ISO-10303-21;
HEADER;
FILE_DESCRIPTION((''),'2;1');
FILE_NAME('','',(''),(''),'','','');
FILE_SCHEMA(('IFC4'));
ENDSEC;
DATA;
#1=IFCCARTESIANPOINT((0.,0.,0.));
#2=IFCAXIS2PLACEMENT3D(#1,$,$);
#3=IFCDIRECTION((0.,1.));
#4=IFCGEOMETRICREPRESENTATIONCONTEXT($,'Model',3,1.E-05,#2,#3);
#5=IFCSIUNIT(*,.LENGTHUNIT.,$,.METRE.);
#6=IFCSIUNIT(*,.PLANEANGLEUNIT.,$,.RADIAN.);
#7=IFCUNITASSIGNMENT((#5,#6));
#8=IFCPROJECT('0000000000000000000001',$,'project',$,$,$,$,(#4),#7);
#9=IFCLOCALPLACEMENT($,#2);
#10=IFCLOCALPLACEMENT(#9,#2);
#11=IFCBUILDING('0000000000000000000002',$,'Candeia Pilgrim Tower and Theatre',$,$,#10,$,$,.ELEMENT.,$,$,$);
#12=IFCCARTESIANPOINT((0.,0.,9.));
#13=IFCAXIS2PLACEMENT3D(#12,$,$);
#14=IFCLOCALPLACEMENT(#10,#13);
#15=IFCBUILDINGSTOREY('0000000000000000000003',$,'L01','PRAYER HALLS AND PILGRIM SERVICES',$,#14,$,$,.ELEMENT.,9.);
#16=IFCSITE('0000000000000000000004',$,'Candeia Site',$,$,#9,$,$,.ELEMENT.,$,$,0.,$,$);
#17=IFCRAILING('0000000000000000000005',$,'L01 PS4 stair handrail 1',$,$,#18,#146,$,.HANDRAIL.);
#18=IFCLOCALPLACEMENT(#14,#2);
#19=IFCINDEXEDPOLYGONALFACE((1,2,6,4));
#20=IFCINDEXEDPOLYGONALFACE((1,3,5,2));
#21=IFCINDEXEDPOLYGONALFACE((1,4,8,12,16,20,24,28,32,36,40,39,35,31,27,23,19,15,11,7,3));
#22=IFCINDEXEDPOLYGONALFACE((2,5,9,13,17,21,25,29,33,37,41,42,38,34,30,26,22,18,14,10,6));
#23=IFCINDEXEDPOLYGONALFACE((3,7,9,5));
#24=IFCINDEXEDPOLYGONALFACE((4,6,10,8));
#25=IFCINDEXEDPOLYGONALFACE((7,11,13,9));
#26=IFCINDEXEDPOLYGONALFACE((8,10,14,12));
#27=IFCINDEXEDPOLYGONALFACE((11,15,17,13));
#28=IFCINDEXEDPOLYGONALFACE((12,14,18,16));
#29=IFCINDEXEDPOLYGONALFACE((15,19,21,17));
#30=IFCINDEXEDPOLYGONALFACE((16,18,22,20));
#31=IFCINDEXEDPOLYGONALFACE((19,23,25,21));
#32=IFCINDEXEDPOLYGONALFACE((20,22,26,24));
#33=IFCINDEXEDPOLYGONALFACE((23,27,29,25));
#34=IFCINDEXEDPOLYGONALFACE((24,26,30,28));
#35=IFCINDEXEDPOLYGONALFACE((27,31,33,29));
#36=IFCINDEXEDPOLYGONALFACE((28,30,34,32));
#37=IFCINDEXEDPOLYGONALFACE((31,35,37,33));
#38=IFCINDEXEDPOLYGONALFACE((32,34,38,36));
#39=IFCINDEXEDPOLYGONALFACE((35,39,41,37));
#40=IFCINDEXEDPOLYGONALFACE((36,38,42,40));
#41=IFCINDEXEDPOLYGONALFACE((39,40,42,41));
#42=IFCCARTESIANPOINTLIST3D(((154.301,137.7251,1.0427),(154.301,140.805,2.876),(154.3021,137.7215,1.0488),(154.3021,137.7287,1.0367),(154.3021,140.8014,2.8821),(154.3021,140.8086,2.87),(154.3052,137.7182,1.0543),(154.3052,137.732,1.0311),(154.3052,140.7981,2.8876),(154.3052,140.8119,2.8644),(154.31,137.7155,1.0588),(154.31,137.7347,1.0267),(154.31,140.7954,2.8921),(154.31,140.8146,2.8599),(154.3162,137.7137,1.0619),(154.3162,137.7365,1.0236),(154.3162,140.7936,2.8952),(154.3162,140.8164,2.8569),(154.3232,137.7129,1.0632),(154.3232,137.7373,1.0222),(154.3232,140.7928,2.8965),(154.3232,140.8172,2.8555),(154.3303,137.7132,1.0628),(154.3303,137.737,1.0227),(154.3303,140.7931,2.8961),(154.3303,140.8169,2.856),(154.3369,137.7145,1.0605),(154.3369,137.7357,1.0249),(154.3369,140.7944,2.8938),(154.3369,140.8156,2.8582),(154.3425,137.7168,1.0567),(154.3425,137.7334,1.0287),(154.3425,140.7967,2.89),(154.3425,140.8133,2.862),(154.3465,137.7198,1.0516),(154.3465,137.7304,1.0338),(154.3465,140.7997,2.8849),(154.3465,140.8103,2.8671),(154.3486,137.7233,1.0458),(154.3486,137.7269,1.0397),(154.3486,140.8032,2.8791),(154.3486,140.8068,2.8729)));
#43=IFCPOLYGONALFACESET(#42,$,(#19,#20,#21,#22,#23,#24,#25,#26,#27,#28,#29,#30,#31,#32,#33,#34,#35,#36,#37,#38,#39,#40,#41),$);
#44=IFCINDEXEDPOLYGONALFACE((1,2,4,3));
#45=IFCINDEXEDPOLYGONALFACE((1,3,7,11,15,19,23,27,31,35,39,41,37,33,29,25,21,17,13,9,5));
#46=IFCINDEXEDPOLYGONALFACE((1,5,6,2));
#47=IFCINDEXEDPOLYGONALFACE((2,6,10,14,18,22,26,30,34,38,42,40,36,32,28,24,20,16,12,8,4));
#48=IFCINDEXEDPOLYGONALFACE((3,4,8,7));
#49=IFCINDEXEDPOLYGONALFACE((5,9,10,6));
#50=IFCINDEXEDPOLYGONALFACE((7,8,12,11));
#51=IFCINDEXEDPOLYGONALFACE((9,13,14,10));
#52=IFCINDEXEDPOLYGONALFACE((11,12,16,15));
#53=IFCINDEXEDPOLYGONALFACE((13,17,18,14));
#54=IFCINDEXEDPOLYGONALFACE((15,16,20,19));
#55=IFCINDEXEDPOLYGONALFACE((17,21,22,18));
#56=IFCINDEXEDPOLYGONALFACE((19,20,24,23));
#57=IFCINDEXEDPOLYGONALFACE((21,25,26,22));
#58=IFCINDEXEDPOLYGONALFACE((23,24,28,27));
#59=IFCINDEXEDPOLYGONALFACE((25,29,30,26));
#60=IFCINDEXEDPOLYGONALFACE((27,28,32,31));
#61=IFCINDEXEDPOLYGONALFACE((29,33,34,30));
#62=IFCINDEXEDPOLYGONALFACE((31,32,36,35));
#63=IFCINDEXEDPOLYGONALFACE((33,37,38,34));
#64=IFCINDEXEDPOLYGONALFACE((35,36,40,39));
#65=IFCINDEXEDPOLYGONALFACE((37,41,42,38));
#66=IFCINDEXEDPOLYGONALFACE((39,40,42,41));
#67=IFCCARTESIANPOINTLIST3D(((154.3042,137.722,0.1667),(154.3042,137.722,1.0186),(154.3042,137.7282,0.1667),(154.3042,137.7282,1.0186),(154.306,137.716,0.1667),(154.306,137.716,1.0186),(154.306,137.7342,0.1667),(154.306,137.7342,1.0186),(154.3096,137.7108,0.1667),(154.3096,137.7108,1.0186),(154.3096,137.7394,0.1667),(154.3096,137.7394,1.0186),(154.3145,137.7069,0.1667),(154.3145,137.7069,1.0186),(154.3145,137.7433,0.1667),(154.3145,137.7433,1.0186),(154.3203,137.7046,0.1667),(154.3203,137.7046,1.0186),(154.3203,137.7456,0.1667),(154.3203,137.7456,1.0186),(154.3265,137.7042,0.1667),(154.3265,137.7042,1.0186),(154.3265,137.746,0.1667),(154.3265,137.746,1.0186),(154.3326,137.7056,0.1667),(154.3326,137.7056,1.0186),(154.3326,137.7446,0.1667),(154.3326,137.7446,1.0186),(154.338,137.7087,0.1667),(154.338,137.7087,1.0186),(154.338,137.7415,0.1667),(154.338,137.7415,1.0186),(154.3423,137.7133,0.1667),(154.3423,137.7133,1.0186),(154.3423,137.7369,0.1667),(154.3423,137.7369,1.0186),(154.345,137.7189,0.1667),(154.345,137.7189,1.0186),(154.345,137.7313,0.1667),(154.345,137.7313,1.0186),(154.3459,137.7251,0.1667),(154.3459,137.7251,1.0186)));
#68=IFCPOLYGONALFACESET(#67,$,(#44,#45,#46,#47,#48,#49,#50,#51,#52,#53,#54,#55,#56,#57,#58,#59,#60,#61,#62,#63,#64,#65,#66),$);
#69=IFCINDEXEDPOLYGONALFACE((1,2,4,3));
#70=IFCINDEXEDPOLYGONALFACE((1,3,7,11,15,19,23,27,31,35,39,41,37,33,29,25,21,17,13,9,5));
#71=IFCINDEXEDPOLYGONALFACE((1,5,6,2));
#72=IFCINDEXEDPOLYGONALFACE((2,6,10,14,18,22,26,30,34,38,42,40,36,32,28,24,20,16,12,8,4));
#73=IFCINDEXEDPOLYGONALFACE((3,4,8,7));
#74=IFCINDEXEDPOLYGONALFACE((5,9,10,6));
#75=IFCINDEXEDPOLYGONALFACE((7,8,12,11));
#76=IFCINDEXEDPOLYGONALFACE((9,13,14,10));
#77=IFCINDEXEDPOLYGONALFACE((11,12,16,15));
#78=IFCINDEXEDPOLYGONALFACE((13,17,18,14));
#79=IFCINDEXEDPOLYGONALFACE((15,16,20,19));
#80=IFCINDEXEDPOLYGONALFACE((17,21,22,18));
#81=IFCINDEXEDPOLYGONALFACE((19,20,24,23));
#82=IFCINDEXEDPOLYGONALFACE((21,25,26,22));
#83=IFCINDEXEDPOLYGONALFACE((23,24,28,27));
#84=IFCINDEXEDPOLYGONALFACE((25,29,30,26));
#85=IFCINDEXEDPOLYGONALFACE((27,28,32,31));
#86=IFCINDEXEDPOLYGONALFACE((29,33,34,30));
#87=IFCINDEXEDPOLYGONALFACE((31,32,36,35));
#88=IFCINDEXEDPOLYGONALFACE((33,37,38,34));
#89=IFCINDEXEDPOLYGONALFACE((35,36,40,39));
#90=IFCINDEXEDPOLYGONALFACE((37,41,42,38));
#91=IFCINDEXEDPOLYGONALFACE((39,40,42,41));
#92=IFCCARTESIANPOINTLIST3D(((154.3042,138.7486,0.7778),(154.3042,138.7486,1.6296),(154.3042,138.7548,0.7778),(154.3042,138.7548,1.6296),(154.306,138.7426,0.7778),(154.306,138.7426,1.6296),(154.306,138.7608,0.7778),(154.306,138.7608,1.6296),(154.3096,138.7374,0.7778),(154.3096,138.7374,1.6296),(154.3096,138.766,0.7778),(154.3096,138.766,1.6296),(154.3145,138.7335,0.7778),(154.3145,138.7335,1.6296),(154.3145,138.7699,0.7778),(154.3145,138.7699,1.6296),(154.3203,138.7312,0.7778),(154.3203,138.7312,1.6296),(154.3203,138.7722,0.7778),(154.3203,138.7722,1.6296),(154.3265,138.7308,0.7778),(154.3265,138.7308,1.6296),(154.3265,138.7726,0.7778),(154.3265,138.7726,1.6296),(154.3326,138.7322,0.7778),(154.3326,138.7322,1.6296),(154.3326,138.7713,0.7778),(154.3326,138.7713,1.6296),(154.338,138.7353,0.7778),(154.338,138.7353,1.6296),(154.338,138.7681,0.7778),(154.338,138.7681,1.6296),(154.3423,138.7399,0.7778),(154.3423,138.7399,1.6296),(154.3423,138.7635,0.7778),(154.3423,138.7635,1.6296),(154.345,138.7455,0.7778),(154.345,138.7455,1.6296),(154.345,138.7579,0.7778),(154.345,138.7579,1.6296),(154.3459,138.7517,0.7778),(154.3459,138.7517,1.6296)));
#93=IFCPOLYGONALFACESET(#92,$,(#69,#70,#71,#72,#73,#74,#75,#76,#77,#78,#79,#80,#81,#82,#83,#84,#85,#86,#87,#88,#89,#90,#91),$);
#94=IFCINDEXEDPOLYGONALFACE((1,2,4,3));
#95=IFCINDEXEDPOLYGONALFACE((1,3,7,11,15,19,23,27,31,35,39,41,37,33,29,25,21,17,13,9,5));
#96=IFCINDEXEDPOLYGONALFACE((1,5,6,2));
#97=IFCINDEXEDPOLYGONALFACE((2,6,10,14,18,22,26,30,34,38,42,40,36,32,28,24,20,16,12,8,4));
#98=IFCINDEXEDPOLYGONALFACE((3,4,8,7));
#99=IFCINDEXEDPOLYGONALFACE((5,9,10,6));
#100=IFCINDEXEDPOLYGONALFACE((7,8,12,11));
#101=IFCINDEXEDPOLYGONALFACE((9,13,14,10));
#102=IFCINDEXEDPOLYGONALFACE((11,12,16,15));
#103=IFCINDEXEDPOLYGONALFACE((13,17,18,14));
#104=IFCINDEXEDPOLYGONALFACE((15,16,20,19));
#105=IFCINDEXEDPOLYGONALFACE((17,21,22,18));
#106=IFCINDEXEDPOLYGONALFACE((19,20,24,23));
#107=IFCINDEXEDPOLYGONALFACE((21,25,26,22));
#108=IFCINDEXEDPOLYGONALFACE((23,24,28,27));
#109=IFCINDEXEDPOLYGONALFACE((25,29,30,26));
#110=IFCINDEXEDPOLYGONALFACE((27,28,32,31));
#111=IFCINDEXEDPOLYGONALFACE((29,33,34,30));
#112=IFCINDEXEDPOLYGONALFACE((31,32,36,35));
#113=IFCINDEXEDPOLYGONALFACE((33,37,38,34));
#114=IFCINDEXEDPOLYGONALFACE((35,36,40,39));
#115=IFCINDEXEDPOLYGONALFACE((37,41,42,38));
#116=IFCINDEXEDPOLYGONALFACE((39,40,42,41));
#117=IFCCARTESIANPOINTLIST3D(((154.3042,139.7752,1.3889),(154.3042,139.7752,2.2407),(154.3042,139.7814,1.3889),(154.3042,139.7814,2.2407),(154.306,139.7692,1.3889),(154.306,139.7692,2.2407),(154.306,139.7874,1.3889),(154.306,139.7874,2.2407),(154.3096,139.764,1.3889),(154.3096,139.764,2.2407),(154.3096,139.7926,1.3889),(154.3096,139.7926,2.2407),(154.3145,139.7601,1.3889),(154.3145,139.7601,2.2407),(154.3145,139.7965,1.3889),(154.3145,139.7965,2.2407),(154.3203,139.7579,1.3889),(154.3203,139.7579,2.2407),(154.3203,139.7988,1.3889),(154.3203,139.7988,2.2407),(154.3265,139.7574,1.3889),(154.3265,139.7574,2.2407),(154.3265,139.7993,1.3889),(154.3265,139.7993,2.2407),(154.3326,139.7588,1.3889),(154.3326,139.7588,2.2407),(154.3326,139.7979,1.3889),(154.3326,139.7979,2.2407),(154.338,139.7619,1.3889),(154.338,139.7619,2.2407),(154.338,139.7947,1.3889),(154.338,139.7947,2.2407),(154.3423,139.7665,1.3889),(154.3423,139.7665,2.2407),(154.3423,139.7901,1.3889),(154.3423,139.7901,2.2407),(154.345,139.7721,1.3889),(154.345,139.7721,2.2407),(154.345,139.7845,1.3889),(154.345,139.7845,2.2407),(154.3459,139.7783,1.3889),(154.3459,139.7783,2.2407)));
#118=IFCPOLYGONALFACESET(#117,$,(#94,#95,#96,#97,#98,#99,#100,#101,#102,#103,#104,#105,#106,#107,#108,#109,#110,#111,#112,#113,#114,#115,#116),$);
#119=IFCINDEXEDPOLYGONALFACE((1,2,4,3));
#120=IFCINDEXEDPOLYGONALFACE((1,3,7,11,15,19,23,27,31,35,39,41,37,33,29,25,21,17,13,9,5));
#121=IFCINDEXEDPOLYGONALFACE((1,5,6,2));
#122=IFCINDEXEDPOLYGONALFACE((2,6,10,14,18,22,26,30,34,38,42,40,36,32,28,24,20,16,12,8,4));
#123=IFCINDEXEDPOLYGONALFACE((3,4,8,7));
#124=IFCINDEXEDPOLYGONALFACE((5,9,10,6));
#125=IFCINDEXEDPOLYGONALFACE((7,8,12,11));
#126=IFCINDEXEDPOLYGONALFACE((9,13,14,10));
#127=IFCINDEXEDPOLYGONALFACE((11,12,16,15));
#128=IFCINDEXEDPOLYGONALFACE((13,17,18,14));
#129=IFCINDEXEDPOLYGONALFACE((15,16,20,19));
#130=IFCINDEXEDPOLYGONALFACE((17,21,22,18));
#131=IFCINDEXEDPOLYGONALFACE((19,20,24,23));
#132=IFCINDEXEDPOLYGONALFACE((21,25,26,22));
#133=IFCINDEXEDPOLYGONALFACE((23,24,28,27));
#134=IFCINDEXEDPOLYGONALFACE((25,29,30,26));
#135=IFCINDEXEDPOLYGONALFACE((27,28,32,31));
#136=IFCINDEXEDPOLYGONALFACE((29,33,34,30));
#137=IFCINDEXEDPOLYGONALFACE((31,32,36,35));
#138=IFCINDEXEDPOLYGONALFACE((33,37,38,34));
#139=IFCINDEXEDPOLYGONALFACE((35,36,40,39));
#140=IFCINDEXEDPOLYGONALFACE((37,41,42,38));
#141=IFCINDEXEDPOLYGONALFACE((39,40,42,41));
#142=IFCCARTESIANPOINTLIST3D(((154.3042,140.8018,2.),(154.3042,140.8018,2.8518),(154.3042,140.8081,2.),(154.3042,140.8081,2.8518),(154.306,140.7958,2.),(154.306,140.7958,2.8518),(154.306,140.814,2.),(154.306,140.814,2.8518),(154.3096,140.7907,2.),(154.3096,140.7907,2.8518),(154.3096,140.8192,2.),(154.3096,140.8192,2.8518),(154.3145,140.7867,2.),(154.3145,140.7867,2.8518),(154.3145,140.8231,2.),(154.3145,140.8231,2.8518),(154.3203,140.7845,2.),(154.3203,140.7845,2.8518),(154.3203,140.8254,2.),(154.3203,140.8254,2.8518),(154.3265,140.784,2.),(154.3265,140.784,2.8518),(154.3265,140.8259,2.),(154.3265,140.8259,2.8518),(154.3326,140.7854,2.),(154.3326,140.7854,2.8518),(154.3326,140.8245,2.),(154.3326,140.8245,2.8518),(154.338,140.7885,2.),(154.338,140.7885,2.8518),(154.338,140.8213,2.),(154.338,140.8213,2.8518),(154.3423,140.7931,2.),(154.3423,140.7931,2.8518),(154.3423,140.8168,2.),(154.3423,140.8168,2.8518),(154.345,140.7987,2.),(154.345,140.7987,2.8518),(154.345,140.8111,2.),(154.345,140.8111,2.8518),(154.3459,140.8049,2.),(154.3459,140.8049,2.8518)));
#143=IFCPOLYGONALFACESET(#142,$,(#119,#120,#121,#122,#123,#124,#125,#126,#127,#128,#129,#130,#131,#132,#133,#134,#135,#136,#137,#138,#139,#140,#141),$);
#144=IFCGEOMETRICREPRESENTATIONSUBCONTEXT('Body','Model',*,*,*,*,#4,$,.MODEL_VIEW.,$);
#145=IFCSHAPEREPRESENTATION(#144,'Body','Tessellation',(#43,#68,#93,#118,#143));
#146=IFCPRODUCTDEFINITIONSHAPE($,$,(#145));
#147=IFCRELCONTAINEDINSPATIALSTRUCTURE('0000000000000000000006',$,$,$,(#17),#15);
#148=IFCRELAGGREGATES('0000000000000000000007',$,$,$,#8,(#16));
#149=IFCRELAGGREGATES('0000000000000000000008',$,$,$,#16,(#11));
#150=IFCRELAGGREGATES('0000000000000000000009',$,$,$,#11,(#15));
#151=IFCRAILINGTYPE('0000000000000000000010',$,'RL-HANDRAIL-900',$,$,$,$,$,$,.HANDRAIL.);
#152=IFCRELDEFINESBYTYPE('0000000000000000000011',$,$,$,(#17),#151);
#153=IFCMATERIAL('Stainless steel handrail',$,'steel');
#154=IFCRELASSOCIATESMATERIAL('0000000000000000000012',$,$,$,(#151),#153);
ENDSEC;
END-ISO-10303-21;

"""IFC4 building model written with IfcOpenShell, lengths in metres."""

from ifc_helpers import new_model, si_unit, direction, frame, origin, origin_2d, place, context, subcontext, project, spatial, circle, extrude, material, type_object, element, save


model = new_model("IFC4")

# Units and contexts
model_context = context("Model", 3, precision=1e-05, world=origin(), true_north=direction((0.0, 1.0)))
body_context = subcontext(model_context, "Body", "Model", "MODEL_VIEW")
ifc_project = project(units=[si_unit("LENGTHUNIT", "METRE"), si_unit("PLANEANGLEUNIT", "RADIAN")], contexts=[model_context])

# Site, building, storey
site_placement = place(None, origin())
site = spatial("IfcSite", under=ifc_project, at=site_placement, Name="Candeia Site", CompositionType="ELEMENT", RefElevation=0.0)
building_placement = place(site_placement, origin())
building = spatial("IfcBuilding", under=site, at=building_placement, Name="Candeia Pilgrim Tower and Theatre", CompositionType="ELEMENT")
storey_placement = place(building_placement, frame((0.0, 0.0, 9.0)))
storey = spatial("IfcBuildingStorey", under=building, at=storey_placement, Name="L01", Description="PRAYER HALLS AND PILGRIM SERVICES", CompositionType="ELEMENT", Elevation=9.0)

# Railing
ifc_material_1 = material(Name="Stainless steel handrail", Category="steel")
railing_type_1 = type_object("IfcRailingType", Name="RL-HANDRAIL-900", PredefinedType="HANDRAIL", material=ifc_material_1)
for number, where, name in (
    (1, (154.325, 137.7251, 0.1667), "L01 PS4 stair handrail 1"),
):
    element("IfcRailing", number, at=place(storey_placement, frame(where)), inside=storey, type_object=railing_type_1, Name=name, PredefinedType="HANDRAIL", context=body_context, shape_type="SweptSolid", body=[
        extrude(circle(Radius=0.0239, at=origin_2d()), frame((0.0, 0.0, 0.876), z_axis=(0.0, 0.859291, 0.511487), x_axis=(-1.0, 0.0, 0.0)), (0.0, 0.0, 1.0), 3.5842),
        extrude(circle(Radius=0.021, at=origin_2d()), origin(), (0.0, 0.0, 1.0), 0.8518),
        extrude(circle(Radius=0.021, at=origin_2d()), frame((0.0, 1.0266, 0.6111)), (0.0, 0.0, 1.0), 0.8518),
        extrude(circle(Radius=0.021, at=origin_2d()), frame((0.0, 2.0532, 1.2222)), (0.0, 0.0, 1.0), 0.8518),
        extrude(circle(Radius=0.021, at=origin_2d()), frame((0.0, 3.0798, 1.8333)), (0.0, 0.0, 1.0), 0.8518),
    ])

save(model, "model.ifc")
